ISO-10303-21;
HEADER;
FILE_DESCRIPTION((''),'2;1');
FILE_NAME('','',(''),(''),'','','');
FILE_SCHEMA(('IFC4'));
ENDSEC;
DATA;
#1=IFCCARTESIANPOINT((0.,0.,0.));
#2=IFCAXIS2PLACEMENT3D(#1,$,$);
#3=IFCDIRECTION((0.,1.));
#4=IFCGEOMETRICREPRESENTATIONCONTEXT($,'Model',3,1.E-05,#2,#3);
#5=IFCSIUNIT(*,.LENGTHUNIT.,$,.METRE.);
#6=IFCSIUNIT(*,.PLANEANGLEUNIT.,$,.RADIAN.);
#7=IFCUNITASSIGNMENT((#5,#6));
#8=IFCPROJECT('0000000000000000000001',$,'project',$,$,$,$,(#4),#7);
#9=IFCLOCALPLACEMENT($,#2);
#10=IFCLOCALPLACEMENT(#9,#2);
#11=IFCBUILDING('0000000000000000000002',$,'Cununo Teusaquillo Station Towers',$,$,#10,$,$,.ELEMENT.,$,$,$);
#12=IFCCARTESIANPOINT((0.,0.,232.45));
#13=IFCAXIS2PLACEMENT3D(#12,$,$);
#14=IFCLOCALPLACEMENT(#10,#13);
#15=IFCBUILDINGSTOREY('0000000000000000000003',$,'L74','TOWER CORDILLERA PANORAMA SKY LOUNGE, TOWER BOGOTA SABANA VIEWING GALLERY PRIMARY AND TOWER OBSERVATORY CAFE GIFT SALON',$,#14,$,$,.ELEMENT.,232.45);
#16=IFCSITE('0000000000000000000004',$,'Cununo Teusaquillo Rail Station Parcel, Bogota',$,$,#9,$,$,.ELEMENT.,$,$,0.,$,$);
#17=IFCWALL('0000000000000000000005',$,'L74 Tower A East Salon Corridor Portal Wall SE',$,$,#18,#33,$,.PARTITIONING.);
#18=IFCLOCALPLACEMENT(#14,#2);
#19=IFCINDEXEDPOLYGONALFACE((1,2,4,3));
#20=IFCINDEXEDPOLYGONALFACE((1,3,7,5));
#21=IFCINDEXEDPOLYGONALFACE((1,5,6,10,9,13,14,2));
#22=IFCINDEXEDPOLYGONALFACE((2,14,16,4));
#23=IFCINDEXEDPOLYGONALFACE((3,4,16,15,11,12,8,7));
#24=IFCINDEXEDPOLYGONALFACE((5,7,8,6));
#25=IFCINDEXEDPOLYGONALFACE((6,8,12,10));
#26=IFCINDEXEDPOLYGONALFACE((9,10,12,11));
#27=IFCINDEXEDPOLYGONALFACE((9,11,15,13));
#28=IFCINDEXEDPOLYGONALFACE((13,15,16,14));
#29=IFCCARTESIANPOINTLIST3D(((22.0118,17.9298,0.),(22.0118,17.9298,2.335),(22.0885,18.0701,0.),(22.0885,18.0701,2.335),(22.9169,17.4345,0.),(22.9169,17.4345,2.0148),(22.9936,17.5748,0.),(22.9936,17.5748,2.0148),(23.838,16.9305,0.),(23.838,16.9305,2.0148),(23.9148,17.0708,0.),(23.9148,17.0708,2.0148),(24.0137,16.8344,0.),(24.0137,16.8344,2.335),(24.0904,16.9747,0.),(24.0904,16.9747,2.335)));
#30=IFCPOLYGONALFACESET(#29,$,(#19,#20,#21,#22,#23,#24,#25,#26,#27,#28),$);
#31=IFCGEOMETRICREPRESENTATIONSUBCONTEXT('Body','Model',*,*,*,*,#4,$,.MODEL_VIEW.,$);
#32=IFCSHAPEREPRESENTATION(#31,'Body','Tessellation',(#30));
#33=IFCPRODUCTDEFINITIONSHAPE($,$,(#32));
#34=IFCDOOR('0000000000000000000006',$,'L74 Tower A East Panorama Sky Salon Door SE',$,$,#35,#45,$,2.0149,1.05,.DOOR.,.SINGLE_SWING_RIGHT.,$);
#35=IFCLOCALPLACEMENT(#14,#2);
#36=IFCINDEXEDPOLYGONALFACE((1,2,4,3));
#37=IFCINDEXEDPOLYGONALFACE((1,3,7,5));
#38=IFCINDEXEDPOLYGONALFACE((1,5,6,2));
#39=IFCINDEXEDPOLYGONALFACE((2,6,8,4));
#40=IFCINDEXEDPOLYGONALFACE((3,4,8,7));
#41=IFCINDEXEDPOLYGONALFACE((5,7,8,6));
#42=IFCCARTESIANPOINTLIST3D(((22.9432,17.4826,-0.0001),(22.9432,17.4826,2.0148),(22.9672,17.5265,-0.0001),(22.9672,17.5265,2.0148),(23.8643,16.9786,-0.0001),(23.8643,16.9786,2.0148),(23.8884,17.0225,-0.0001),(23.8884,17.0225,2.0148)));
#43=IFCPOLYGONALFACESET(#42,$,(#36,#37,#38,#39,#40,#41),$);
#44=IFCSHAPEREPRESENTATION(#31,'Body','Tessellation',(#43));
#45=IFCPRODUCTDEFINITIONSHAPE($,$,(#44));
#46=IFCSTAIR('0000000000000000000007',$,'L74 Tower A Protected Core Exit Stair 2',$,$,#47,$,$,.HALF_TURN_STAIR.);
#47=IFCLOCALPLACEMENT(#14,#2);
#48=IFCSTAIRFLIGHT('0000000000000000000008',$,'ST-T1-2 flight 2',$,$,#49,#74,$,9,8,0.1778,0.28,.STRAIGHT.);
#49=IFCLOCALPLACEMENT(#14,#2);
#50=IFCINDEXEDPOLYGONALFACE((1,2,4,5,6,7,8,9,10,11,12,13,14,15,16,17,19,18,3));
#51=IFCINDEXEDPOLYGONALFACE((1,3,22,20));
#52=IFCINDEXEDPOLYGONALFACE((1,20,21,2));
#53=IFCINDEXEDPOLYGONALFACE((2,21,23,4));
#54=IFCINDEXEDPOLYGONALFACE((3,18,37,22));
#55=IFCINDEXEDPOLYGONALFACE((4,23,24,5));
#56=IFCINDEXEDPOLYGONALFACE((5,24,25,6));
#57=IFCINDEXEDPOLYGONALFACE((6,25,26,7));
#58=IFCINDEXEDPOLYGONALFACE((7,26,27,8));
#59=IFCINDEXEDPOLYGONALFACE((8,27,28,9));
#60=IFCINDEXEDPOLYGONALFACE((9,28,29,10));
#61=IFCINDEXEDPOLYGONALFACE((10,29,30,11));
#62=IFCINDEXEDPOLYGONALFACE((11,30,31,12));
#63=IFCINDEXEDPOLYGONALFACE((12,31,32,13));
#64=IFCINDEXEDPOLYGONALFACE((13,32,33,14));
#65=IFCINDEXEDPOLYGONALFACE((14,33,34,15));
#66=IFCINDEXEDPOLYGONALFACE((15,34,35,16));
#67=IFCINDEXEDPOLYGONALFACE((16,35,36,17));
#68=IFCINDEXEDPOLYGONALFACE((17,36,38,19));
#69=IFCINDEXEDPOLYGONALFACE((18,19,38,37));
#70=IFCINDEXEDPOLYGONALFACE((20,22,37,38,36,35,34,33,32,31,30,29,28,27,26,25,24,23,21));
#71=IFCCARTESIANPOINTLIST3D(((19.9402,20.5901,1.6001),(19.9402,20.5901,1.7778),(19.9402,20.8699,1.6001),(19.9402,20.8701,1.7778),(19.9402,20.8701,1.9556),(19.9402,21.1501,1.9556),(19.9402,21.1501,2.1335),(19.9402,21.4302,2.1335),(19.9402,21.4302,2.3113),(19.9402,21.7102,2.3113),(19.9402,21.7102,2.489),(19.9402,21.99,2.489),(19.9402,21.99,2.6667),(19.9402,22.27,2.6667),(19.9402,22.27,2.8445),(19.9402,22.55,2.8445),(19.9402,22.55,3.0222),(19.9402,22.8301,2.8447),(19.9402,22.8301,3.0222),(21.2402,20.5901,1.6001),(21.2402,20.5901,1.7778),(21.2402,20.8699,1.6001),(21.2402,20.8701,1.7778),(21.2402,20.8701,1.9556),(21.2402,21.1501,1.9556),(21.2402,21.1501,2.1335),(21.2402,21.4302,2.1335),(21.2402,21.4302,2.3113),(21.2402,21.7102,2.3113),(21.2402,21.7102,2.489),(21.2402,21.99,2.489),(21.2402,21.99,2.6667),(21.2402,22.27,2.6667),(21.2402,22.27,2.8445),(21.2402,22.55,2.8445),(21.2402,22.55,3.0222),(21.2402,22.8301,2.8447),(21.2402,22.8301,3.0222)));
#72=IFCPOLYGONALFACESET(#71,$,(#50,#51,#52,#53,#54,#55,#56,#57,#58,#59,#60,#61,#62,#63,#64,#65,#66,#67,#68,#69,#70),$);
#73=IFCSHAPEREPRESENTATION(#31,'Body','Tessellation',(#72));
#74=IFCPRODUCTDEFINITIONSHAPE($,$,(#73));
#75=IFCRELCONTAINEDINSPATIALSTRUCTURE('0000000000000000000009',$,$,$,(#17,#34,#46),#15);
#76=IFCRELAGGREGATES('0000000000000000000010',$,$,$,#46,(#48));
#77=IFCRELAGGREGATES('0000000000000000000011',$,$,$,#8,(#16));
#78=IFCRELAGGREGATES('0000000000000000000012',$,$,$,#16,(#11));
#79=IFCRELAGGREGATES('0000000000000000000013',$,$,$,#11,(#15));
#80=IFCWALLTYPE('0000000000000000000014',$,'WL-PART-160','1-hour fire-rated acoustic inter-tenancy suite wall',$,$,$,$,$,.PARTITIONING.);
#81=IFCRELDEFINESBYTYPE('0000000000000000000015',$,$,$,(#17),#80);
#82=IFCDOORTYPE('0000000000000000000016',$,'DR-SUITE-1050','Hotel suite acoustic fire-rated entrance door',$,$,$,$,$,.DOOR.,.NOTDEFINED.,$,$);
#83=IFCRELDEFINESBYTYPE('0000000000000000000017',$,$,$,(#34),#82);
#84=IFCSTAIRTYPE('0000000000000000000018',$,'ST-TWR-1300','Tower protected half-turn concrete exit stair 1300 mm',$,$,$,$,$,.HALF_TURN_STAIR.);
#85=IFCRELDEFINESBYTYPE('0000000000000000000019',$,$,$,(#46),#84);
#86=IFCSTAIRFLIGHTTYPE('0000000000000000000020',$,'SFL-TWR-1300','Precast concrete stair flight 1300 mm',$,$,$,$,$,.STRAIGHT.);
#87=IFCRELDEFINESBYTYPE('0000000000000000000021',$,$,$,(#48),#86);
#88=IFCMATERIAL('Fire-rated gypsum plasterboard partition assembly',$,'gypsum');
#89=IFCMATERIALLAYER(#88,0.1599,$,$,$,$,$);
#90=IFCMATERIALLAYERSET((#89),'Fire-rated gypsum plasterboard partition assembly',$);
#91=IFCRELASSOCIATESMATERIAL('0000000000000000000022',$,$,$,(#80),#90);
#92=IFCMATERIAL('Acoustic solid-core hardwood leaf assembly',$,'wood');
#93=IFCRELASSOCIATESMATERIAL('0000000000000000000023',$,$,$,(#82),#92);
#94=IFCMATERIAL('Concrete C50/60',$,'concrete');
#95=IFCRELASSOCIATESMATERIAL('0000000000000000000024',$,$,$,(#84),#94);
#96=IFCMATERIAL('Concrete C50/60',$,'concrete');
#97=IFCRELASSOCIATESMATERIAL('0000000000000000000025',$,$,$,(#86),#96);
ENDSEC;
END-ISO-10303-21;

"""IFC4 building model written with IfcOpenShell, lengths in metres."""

from ifc_helpers import new_model, si_unit, direction, frame, frame_2d, origin, place, context, subcontext, project, spatial, polyline, rectangle, outline, extrude, source, transform, mapped, material, layer, layer_set, type_object, element, fill, aggregate, save


model = new_model("IFC4")

# Units and contexts
model_context = context("Model", 3, precision=1e-05, world=origin(), true_north=direction((0.0, 1.0)))
body_context = subcontext(model_context, "Body", "Model", "MODEL_VIEW")
ifc_project = project(units=[si_unit("LENGTHUNIT", "METRE"), si_unit("PLANEANGLEUNIT", "RADIAN")], contexts=[model_context])

# Site, building, storey
site_placement = place(None, origin())
site = spatial("IfcSite", under=ifc_project, at=site_placement, Name="Cununo Teusaquillo Rail Station Parcel, Bogota", CompositionType="ELEMENT", RefElevation=0.0)
building_placement = place(site_placement, origin())
building = spatial("IfcBuilding", under=site, at=building_placement, Name="Cununo Teusaquillo Station Towers", CompositionType="ELEMENT")
storey_placement = place(building_placement, frame((0.0, 0.0, 232.45)))
storey = spatial("IfcBuildingStorey", under=building, at=storey_placement, Name="L74", Description="TOWER CORDILLERA PANORAMA SKY LOUNGE, TOWER BOGOTA SABANA VIEWING GALLERY PRIMARY AND TOWER OBSERVATORY CAFE GIFT SALON", CompositionType="ELEMENT", Elevation=232.45)

# Wall, opening, door
ifc_material_1 = material(Name="Fire-rated gypsum plasterboard partition assembly", Category="gypsum")
ifc_layer_1 = layer(ifc_material_1, 0.1599)
ifc_layer_set_1 = layer_set([ifc_layer_1], Name="Fire-rated gypsum plasterboard partition assembly")
wall_type_1 = type_object("IfcWallType", Name="WL-PART-160", Description="1-hour fire-rated acoustic inter-tenancy suite wall", PredefinedType="PARTITIONING", material=ifc_layer_set_1)
wall_1_placement = place(storey_placement, frame((22.05, 18.0, 0.0), z_axis=(0.0, 0.0, 1.0), x_axis=(0.877253, -0.480029, 0.0)))
wall_1 = element("IfcWall", 1, at=wall_1_placement, inside=storey, type_object=wall_type_1, Name="L74 Tower A East Salon Corridor Portal Wall SE", PredefinedType="PARTITIONING", context=body_context, shape_type="SweptSolid", body=[
    extrude(rectangle(XDim=2.282, YDim=0.1599, at=frame_2d((1.1411, 0.0))), origin(), (0.0, 0.0, 1.0), 2.335),
])
shared_shape_1 = source(origin(), body_context, "Body", "SweptSolid", [
    extrude(rectangle(XDim=1.05, YDim=2.0149, at=frame_2d((0.5249, 1.0073))), frame((0.0, 0.0898, 0.0), z_axis=(0.0, -1.0, 0.0), x_axis=(1.0, 0.0, 0.0)), (0.0, 0.0, 1.0), 0.1799),
])
opening_placement = place(wall_1_placement, frame((1.032, 0.0, 0.0)))
opening = element("IfcOpeningElement", 2, at=opening_placement, cuts=wall_1, PredefinedType="OPENING", context=body_context, shape_type="MappedRepresentation", body=[
    mapped(shared_shape_1, transform((0.0, 0.0, 0.0), x_axis=(1.0, 0.0, 0.0), y_axis=(0.0, 1.0, 0.0), z_axis=(0.0, 0.0, 1.0), scale=1.0)),
])
ifc_material_2 = material(Name="Acoustic solid-core hardwood leaf assembly", Category="wood")
door_type = type_object("IfcDoorType", Name="DR-SUITE-1050", Description="Hotel suite acoustic fire-rated entrance door", OperationType="NOTDEFINED", PredefinedType="DOOR", material=ifc_material_2)
shared_shape_2 = source(origin(), body_context, "Body", "SweptSolid", [
    extrude(rectangle(XDim=1.05, YDim=2.0149, at=frame_2d((0.5249, 1.0073))), frame((0.0, 0.0249, 0.0), z_axis=(0.0, -1.0, 0.0), x_axis=(1.0, 0.0, 0.0)), (0.0, 0.0, 1.0), 0.05),
])
door_placement = place(opening_placement, origin())
door = element("IfcDoor", 3, at=door_placement, inside=storey, type_object=door_type, Name="L74 Tower A East Panorama Sky Salon Door SE", OperationType="SINGLE_SWING_RIGHT", OverallHeight=2.0149, OverallWidth=1.05, PredefinedType="DOOR", context=body_context, shape_type="MappedRepresentation", body=[
    mapped(shared_shape_2, transform((0.0, 0.0, 0.0), x_axis=(1.0, 0.0, 0.0), y_axis=(0.0, 1.0, 0.0), z_axis=(0.0, 0.0, 1.0), scale=1.0)),
])
fill(opening, door)

# Stair, stair flight
ifc_material_3 = material(Name="Concrete C50/60", Category="concrete")
stair_type = type_object("IfcStairType", Name="ST-TWR-1300", Description="Tower protected half-turn concrete exit stair 1300 mm", PredefinedType="HALF_TURN_STAIR", material=ifc_material_3)
stair_placement = place(storey_placement, origin())
stair = element("IfcStair", 4, at=stair_placement, inside=storey, type_object=stair_type, Name="L74 Tower A Protected Core Exit Stair 2", PredefinedType="HALF_TURN_STAIR")
ifc_material_4 = material(Name="Concrete C50/60", Category="concrete")
stair_flight_type = type_object("IfcStairFlightType", Name="SFL-TWR-1300", Description="Precast concrete stair flight 1300 mm", PredefinedType="STRAIGHT", material=ifc_material_4)
stair_flight_placement = place(storey_placement, frame((20.5901, 20.5901, 1.6001), z_axis=(0.0, 0.0, 1.0), x_axis=(0.0, 1.0, 0.0)))
stair_flight = element("IfcStairFlight", 5, at=stair_flight_placement, type_object=stair_flight_type, Name="ST-T1-2 flight 2", NumberOfRisers=9, NumberOfTreads=8, PredefinedType="STRAIGHT", RiserHeight=0.1778, TreadLength=0.28, context=body_context, shape_type="SweptSolid", body=[
    extrude(outline(polyline([(0.0, 0.0), (0.0, 0.1777), (0.28, 0.1777), (0.28, 0.3555), (0.5601, 0.3555), (0.5601, 0.5334), (0.8401, 0.5334), (0.8401, 0.7112), (1.1201, 0.7112), (1.1201, 0.8889), (1.3999, 0.8889), (1.3999, 1.0667), (1.6799, 1.0667), (1.6799, 1.2444), (1.96, 1.2444), (1.96, 1.4221), (2.24, 1.4221), (2.24, 1.6001), (2.24, 1.2446), (0.2798, 0.0), (0.0, 0.0)])), frame((0.0, 0.6499, 0.0), z_axis=(0.0, -1.0, 0.0), x_axis=(1.0, 0.0, 0.0)), (0.0, 0.0, 1.0), 1.3),
])
aggregate(stair, [stair_flight])

save(model, "model.ifc")
